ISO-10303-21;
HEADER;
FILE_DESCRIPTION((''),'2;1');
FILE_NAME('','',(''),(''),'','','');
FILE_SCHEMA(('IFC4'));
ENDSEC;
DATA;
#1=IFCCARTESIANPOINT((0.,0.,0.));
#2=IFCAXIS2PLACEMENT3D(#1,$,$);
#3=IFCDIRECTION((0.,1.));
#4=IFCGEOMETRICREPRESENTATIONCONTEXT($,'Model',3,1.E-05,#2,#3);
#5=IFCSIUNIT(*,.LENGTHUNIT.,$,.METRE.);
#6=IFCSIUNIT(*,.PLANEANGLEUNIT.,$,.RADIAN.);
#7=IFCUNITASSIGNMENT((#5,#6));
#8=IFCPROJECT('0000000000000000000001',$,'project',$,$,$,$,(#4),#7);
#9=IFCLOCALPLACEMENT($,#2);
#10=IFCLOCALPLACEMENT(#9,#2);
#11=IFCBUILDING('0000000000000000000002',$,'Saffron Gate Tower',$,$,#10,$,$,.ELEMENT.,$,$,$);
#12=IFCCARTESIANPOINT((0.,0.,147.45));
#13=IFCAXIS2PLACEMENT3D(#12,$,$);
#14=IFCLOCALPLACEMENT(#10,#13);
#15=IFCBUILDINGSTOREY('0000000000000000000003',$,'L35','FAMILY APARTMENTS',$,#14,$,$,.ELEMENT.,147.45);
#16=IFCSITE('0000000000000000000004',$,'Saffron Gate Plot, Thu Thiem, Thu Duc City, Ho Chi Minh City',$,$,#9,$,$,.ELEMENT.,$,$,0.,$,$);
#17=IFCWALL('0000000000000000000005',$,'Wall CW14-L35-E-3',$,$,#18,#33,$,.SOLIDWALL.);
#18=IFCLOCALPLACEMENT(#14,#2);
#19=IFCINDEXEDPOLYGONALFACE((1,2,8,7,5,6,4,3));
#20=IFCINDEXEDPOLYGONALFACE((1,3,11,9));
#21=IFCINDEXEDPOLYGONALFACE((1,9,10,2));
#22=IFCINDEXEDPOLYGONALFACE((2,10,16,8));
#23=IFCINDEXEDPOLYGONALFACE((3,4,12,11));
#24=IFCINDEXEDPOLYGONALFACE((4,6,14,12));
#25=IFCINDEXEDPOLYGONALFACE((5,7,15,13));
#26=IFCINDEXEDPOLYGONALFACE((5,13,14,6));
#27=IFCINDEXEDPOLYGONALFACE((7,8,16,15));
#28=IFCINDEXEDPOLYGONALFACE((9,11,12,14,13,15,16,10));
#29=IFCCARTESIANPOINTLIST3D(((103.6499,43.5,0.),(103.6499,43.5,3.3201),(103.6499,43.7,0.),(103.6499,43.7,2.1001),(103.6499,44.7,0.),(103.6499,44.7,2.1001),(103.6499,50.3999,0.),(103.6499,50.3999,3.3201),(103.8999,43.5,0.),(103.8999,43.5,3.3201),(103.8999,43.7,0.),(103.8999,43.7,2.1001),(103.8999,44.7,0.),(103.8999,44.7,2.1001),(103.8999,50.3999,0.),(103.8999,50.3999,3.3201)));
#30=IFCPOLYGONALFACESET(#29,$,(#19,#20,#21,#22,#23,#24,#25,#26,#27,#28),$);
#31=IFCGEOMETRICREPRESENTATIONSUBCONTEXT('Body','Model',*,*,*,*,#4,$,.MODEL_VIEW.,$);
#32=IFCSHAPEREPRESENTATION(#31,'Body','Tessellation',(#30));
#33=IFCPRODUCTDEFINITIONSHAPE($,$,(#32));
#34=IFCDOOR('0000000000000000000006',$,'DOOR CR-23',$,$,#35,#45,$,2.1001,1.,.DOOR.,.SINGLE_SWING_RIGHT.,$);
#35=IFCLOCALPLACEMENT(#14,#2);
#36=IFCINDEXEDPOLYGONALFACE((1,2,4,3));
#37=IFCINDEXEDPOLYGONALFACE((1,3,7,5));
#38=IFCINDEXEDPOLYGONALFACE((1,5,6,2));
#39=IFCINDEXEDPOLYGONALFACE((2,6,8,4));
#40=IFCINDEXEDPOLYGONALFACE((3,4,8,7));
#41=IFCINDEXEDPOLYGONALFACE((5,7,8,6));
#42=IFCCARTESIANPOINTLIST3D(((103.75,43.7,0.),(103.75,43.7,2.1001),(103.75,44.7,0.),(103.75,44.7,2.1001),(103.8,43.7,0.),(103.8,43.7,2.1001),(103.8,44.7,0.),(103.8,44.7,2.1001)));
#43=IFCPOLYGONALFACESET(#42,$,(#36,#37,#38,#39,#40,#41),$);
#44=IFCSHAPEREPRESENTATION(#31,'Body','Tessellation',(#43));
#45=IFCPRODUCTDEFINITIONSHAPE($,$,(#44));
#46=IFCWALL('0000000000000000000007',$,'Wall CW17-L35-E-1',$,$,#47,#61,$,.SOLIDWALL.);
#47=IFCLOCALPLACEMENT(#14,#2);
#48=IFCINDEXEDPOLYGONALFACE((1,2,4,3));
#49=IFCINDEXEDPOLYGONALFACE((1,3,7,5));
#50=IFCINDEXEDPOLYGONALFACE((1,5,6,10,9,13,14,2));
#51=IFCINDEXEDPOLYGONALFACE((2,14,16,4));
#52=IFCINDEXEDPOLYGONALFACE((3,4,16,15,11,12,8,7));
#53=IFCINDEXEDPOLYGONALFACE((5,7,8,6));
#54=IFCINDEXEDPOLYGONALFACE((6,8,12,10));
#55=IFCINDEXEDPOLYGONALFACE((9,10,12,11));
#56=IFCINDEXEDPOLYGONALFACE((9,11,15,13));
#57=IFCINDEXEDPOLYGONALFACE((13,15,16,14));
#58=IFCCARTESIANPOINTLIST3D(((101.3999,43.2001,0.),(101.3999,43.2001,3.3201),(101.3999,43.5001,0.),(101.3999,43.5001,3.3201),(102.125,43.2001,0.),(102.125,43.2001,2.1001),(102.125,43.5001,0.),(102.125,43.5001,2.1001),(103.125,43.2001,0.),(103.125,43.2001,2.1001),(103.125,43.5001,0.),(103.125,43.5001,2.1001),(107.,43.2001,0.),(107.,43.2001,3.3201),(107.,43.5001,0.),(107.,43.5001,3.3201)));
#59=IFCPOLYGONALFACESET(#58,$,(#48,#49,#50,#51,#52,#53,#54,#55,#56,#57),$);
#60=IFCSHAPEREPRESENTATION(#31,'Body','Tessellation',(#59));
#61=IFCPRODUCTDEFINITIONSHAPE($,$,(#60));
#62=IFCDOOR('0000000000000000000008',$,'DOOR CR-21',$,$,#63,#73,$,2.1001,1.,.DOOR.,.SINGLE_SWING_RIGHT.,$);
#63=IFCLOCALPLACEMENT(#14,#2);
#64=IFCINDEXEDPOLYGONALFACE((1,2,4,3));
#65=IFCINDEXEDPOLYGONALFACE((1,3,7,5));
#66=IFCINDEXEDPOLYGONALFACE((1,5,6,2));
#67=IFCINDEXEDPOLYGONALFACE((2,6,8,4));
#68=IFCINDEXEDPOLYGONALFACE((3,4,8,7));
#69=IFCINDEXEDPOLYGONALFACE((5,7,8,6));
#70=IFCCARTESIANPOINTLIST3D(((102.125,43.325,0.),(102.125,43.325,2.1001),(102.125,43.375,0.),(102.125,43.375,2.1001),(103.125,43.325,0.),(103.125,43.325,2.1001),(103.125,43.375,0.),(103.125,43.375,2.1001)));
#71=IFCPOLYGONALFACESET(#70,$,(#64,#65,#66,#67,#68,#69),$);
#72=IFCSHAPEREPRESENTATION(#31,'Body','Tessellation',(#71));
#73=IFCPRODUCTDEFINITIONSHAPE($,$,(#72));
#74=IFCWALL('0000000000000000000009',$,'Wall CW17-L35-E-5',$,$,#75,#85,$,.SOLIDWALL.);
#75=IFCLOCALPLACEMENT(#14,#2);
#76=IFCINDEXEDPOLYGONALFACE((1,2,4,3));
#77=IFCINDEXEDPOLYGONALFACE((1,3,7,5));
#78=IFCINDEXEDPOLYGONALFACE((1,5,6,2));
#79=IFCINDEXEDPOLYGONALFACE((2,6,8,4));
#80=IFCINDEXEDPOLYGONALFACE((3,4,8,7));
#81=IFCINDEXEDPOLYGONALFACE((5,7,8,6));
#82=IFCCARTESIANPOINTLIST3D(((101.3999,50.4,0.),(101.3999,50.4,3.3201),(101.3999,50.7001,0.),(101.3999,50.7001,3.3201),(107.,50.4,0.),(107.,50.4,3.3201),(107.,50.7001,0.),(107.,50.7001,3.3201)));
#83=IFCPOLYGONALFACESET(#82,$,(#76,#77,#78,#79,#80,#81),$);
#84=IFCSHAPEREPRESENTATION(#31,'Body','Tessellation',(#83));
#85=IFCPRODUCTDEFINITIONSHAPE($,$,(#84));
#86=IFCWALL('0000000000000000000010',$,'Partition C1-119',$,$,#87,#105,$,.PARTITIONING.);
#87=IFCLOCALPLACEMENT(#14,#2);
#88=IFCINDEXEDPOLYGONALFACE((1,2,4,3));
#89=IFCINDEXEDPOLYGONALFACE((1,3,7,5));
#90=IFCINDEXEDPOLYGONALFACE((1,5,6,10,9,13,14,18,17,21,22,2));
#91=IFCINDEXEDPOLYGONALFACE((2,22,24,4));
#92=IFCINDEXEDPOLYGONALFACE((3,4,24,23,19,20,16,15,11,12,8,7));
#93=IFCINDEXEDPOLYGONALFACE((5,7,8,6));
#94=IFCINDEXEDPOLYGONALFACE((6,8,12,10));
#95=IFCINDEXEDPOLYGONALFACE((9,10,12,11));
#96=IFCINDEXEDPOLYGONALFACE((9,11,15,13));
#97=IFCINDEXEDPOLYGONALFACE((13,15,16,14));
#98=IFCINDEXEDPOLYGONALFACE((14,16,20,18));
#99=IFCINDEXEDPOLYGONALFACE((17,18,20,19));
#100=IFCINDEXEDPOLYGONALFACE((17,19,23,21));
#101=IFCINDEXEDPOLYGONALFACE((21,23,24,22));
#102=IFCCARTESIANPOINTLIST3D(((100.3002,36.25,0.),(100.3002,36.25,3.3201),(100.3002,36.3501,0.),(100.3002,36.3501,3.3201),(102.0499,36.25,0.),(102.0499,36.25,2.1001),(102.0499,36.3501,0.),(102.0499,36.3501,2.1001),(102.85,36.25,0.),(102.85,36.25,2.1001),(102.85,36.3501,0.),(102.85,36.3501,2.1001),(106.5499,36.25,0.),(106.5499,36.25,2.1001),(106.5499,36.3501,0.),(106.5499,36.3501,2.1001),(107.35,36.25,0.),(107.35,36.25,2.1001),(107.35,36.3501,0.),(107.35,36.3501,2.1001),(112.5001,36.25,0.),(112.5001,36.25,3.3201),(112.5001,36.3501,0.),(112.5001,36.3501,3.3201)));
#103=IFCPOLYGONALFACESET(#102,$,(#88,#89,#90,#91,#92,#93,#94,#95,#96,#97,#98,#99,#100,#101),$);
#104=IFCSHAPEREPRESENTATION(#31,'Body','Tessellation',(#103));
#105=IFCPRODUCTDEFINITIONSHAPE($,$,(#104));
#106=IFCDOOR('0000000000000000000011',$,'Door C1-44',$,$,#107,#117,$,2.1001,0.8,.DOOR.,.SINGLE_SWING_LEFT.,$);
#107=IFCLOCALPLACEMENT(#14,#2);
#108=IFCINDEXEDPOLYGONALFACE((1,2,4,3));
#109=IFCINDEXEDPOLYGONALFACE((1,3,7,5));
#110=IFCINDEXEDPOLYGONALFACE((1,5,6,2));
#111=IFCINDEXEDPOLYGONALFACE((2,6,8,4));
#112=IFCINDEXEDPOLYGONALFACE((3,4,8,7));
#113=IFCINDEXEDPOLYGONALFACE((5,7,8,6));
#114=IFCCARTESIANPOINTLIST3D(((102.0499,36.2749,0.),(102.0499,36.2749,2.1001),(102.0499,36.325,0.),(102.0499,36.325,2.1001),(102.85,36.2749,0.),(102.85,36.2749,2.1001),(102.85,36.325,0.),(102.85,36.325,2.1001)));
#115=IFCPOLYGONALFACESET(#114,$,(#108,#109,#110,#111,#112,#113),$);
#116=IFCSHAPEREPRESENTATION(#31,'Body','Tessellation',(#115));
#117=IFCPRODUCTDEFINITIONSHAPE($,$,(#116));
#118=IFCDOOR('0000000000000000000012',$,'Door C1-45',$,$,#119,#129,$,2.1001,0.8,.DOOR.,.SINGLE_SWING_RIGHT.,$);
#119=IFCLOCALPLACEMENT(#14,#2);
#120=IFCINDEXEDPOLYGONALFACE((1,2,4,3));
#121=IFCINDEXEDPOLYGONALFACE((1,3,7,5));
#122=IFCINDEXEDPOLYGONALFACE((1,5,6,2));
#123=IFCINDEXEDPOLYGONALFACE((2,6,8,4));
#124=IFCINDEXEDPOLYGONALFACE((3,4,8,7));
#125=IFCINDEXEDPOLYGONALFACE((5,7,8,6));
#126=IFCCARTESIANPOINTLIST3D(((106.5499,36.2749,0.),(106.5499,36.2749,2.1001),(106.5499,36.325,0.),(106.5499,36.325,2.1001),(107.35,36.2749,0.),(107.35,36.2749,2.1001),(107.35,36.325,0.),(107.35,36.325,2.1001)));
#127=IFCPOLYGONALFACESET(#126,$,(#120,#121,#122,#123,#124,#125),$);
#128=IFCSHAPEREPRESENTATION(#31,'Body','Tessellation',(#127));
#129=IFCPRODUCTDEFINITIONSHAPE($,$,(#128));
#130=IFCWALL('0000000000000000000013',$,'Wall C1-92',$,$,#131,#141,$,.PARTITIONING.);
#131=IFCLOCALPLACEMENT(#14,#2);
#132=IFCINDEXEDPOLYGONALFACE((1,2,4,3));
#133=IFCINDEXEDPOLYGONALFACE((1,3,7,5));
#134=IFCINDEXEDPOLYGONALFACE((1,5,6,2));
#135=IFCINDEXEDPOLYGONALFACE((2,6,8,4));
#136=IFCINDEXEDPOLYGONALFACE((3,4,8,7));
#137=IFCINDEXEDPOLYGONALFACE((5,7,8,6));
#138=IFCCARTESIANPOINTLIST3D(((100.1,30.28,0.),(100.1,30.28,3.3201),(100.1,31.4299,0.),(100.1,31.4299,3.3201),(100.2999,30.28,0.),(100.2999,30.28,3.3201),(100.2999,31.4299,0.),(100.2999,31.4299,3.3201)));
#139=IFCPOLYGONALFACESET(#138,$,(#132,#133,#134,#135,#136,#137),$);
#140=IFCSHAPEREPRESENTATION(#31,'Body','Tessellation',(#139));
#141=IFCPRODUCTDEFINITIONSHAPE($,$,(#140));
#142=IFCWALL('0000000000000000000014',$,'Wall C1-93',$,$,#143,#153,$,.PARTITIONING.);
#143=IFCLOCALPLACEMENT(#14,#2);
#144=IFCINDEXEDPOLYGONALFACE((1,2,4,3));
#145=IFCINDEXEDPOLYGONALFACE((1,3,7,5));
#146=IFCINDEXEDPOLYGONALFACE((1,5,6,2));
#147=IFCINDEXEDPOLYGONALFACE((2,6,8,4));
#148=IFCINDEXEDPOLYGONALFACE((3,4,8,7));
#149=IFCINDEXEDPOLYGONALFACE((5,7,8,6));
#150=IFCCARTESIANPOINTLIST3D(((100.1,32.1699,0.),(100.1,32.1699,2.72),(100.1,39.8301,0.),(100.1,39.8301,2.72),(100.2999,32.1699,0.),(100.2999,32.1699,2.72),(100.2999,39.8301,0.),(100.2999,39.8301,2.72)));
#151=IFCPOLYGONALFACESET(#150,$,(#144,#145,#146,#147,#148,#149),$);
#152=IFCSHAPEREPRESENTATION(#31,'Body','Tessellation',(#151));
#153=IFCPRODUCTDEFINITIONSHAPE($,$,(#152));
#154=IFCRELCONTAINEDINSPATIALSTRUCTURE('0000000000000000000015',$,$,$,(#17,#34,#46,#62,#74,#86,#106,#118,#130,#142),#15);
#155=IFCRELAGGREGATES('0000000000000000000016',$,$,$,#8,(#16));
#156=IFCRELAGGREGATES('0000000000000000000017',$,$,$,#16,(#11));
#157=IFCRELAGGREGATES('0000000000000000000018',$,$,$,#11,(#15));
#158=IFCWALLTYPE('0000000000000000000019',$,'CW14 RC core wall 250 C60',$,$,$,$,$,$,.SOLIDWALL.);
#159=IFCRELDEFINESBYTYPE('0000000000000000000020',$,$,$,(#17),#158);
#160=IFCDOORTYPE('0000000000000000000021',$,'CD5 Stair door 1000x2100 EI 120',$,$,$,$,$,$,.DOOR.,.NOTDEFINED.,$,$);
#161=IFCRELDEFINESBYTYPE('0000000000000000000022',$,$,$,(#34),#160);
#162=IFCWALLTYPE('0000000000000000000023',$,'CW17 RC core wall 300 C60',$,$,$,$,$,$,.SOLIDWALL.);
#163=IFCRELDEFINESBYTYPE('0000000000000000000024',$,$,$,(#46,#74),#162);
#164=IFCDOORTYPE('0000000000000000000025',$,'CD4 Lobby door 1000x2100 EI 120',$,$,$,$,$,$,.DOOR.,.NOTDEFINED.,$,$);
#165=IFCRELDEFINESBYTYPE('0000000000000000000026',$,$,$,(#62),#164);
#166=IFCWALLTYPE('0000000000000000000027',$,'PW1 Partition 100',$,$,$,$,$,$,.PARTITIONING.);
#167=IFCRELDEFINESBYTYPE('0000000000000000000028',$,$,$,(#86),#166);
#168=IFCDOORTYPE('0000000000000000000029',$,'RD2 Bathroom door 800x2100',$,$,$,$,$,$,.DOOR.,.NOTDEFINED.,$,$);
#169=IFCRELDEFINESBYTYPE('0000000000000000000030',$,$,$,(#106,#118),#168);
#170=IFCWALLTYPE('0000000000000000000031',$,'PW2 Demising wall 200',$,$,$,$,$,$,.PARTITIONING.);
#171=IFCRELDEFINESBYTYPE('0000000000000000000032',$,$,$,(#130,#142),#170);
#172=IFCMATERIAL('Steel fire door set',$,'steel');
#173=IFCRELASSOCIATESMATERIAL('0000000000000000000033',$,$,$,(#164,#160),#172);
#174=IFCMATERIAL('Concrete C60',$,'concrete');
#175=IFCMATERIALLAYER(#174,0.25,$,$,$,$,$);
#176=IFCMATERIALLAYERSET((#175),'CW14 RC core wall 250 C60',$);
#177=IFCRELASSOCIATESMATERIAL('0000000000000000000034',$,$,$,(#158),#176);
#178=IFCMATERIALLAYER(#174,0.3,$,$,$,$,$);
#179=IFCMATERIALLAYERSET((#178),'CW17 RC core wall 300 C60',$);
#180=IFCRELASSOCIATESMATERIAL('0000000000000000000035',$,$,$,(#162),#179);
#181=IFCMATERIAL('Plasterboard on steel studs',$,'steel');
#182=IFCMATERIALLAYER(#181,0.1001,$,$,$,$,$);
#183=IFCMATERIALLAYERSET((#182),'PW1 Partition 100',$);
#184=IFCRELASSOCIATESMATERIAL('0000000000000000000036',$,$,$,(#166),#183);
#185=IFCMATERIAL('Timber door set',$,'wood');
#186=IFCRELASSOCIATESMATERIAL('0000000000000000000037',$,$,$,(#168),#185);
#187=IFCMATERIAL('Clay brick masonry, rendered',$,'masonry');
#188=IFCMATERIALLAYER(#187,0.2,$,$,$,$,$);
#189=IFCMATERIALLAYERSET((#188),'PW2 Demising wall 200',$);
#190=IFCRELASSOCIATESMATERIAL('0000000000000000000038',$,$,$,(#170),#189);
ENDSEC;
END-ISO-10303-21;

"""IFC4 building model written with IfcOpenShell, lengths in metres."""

from ifc_helpers import new_model, si_unit, direction, frame, frame_2d, origin, place, context, subcontext, project, spatial, rectangle, extrude, material, layer, layer_set, type_object, element, fill, save


model = new_model("IFC4")

# Units and contexts
model_context = context("Model", 3, precision=1e-05, world=origin(), true_north=direction((0.0, 1.0)))
body_context = subcontext(model_context, "Body", "Model", "MODEL_VIEW")
ifc_project = project(units=[si_unit("LENGTHUNIT", "METRE"), si_unit("PLANEANGLEUNIT", "RADIAN")], contexts=[model_context])

# Site, building, storey
site_placement = place(None, origin())
site = spatial("IfcSite", under=ifc_project, at=site_placement, Name="Saffron Gate Plot, Thu Thiem, Thu Duc City, Ho Chi Minh City", CompositionType="ELEMENT", RefElevation=0.0)
building_placement = place(site_placement, origin())
building = spatial("IfcBuilding", under=site, at=building_placement, Name="Saffron Gate Tower", CompositionType="ELEMENT")
storey_placement = place(building_placement, frame((0.0, 0.0, 147.45)))
storey = spatial("IfcBuildingStorey", under=building, at=storey_placement, Name="L35", Description="FAMILY APARTMENTS", CompositionType="ELEMENT", Elevation=147.45)

# Walls, openings, doors
ifc_material_1 = material(Name="Steel fire door set", Category="steel")
door_type_1 = type_object("IfcDoorType", Name="CD4 Lobby door 1000x2100 EI 120", OperationType="NOTDEFINED", PredefinedType="DOOR", material=ifc_material_1)
ifc_material_2 = material(Name="Concrete C60", Category="concrete")
ifc_layer_1 = layer(ifc_material_2, 0.25)
ifc_layer_set_1 = layer_set([ifc_layer_1], Name="CW14 RC core wall 250 C60")
wall_type_1 = type_object("IfcWallType", Name="CW14 RC core wall 250 C60", PredefinedType="SOLIDWALL", material=ifc_layer_set_1)
wall_1_placement = place(storey_placement, frame((103.7749, 43.5, 0.0), z_axis=(0.0, 0.0, 1.0), x_axis=(0.0, 1.0, 0.0)))
wall_1 = element("IfcWall", 1, at=wall_1_placement, inside=storey, type_object=wall_type_1, Name="Wall CW14-L35-E-3", PredefinedType="SOLIDWALL", context=body_context, shape_type="SweptSolid", body=[
    extrude(rectangle(XDim=6.8999, YDim=0.25, at=frame_2d((3.45, 0.0))), origin(), (0.0, 0.0, 1.0), 3.3201),
])
opening_1_placement = place(wall_1_placement, frame((0.2, 0.0, 0.0)))
opening_1 = element("IfcOpeningElement", 2, at=opening_1_placement, cuts=wall_1, PredefinedType="OPENING", context=body_context, shape_type="SweptSolid", body=[
    extrude(rectangle(XDim=1.0, YDim=2.1001, at=frame_2d((0.5, 1.05))), frame((0.0, 0.135, 0.0), z_axis=(0.0, -1.0, 0.0), x_axis=(1.0, 0.0, 0.0)), (0.0, 0.0, 1.0), 0.27),
])
door_type_2 = type_object("IfcDoorType", Name="CD5 Stair door 1000x2100 EI 120", OperationType="NOTDEFINED", PredefinedType="DOOR", material=ifc_material_1)
door_1_placement = place(opening_1_placement, origin())
door_1 = element("IfcDoor", 3, at=door_1_placement, inside=storey, type_object=door_type_2, Name="DOOR CR-23", OperationType="SINGLE_SWING_RIGHT", OverallHeight=2.1001, OverallWidth=1.0, PredefinedType="DOOR", context=body_context, shape_type="SweptSolid", body=[
    extrude(rectangle(XDim=1.0, YDim=2.1001, at=frame_2d((0.5, 1.05))), frame((0.0, 0.0249, 0.0), z_axis=(0.0, -1.0, 0.0), x_axis=(1.0, 0.0, 0.0)), (0.0, 0.0, 1.0), 0.05),
])
fill(opening_1, door_1)
ifc_layer_2 = layer(ifc_material_2, 0.3)
ifc_layer_set_2 = layer_set([ifc_layer_2], Name="CW17 RC core wall 300 C60")
wall_type_2 = type_object("IfcWallType", Name="CW17 RC core wall 300 C60", PredefinedType="SOLIDWALL", material=ifc_layer_set_2)
wall_2_placement = place(storey_placement, frame((101.3999, 43.3501, 0.0), z_axis=(0.0, 0.0, 1.0), x_axis=(1.0, 0.0, 0.0)))
wall_2 = element("IfcWall", 4, at=wall_2_placement, inside=storey, type_object=wall_type_2, Name="Wall CW17-L35-E-1", PredefinedType="SOLIDWALL", context=body_context, shape_type="SweptSolid", body=[
    extrude(rectangle(XDim=5.6001, YDim=0.3, at=frame_2d((2.8, 0.0))), origin(), (0.0, 0.0, 1.0), 3.3201),
])
opening_2_placement = place(wall_2_placement, frame((0.7251, 0.0, 0.0)))
opening_2 = element("IfcOpeningElement", 5, at=opening_2_placement, cuts=wall_2, PredefinedType="OPENING", context=body_context, shape_type="SweptSolid", body=[
    extrude(rectangle(XDim=1.0, YDim=2.1001, at=frame_2d((0.5, 1.05))), frame((0.0, 0.1602, 0.0), z_axis=(0.0, -1.0, 0.0), x_axis=(1.0, 0.0, 0.0)), (0.0, 0.0, 1.0), 0.3201),
])
door_2_placement = place(opening_2_placement, origin())
door_2 = element("IfcDoor", 6, at=door_2_placement, inside=storey, type_object=door_type_1, Name="DOOR CR-21", OperationType="SINGLE_SWING_RIGHT", OverallHeight=2.1001, OverallWidth=1.0, PredefinedType="DOOR", context=body_context, shape_type="SweptSolid", body=[
    extrude(rectangle(XDim=1.0, YDim=2.1001, at=frame_2d((0.5, 1.05))), frame((0.0, 0.0249, 0.0), z_axis=(0.0, -1.0, 0.0), x_axis=(1.0, 0.0, 0.0)), (0.0, 0.0, 1.0), 0.05),
])
fill(opening_2, door_2)

# Wall
wall_3_placement = place(storey_placement, frame((101.3999, 50.55, 0.0), z_axis=(0.0, 0.0, 1.0), x_axis=(1.0, 0.0, 0.0)))
element("IfcWall", 7, at=wall_3_placement, inside=storey, type_object=wall_type_2, Name="Wall CW17-L35-E-5", PredefinedType="SOLIDWALL", context=body_context, shape_type="SweptSolid", body=[
    extrude(rectangle(XDim=5.6001, YDim=0.3, at=frame_2d((2.8, 0.0))), origin(), (0.0, 0.0, 1.0), 3.3201),
])

# Wall, openings, doors
ifc_material_3 = material(Name="Plasterboard on steel studs", Category="steel")
ifc_layer_3 = layer(ifc_material_3, 0.1001)
ifc_layer_set_3 = layer_set([ifc_layer_3], Name="PW1 Partition 100")
wall_type_3 = type_object("IfcWallType", Name="PW1 Partition 100", PredefinedType="PARTITIONING", material=ifc_layer_set_3)
wall_4_placement = place(storey_placement, frame((100.3, 36.3, 0.0), z_axis=(0.0, 0.0, 1.0), x_axis=(1.0, 0.0, 0.0)))
wall_4 = element("IfcWall", 8, at=wall_4_placement, inside=storey, type_object=wall_type_3, Name="Partition C1-119", PredefinedType="PARTITIONING", context=body_context, shape_type="SweptSolid", body=[
    extrude(rectangle(XDim=12.2, YDim=0.1001, at=frame_2d((6.1001, 0.0))), origin(), (0.0, 0.0, 1.0), 3.3201),
])
opening_3_placement = place(wall_4_placement, frame((1.75, 0.0, 0.0)))
opening_3 = element("IfcOpeningElement", 9, at=opening_3_placement, cuts=wall_4, PredefinedType="OPENING", context=body_context, shape_type="SweptSolid", body=[
    extrude(rectangle(XDim=0.8, YDim=2.1001, at=frame_2d((0.3999, 1.05))), frame((0.0, 0.0601, 0.0), z_axis=(0.0, -1.0, 0.0), x_axis=(1.0, 0.0, 0.0)), (0.0, 0.0, 1.0), 0.1201),
])
opening_4_placement = place(wall_4_placement, frame((6.25, 0.0, 0.0)))
opening_4 = element("IfcOpeningElement", 10, at=opening_4_placement, cuts=wall_4, PredefinedType="OPENING", context=body_context, shape_type="SweptSolid", body=[
    extrude(rectangle(XDim=0.8, YDim=2.1001, at=frame_2d((0.3999, 1.05))), frame((0.0, 0.0601, 0.0), z_axis=(0.0, -1.0, 0.0), x_axis=(1.0, 0.0, 0.0)), (0.0, 0.0, 1.0), 0.1201),
])
ifc_material_4 = material(Name="Timber door set", Category="wood")
door_type_3 = type_object("IfcDoorType", Name="RD2 Bathroom door 800x2100", OperationType="NOTDEFINED", PredefinedType="DOOR", material=ifc_material_4)
door_3_placement = place(opening_3_placement, origin())
door_3 = element("IfcDoor", 11, at=door_3_placement, inside=storey, type_object=door_type_3, Name="Door C1-44", OperationType="SINGLE_SWING_LEFT", OverallHeight=2.1001, OverallWidth=0.8, PredefinedType="DOOR", context=body_context, shape_type="SweptSolid", body=[
    extrude(rectangle(XDim=0.8, YDim=2.1001, at=frame_2d((0.3999, 1.05))), frame((0.0, 0.0249, 0.0), z_axis=(0.0, -1.0, 0.0), x_axis=(1.0, 0.0, 0.0)), (0.0, 0.0, 1.0), 0.05),
])
fill(opening_3, door_3)
door_4_placement = place(opening_4_placement, origin())
door_4 = element("IfcDoor", 12, at=door_4_placement, inside=storey, type_object=door_type_3, Name="Door C1-45", OperationType="SINGLE_SWING_RIGHT", OverallHeight=2.1001, OverallWidth=0.8, PredefinedType="DOOR", context=body_context, shape_type="SweptSolid", body=[
    extrude(rectangle(XDim=0.8, YDim=2.1001, at=frame_2d((0.3999, 1.05))), frame((0.0, 0.0249, 0.0), z_axis=(0.0, -1.0, 0.0), x_axis=(1.0, 0.0, 0.0)), (0.0, 0.0, 1.0), 0.05),
])
fill(opening_4, door_4)

# Walls
ifc_material_5 = material(Name="Clay brick masonry, rendered", Category="masonry")
ifc_layer_4 = layer(ifc_material_5, 0.2)
ifc_layer_set_4 = layer_set([ifc_layer_4], Name="PW2 Demising wall 200")
wall_type_4 = type_object("IfcWallType", Name="PW2 Demising wall 200", PredefinedType="PARTITIONING", material=ifc_layer_set_4)
wall_5_placement = place(storey_placement, frame((100.2, 31.4299, 0.0), z_axis=(0.0, 0.0, 1.0), x_axis=(0.0, -1.0, 0.0)))
element("IfcWall", 13, at=wall_5_placement, inside=storey, type_object=wall_type_4, Name="Wall C1-92", PredefinedType="PARTITIONING", context=body_context, shape_type="SweptSolid", body=[
    extrude(rectangle(XDim=1.1499, YDim=0.2, at=frame_2d((0.575, 0.0))), origin(), (0.0, 0.0, 1.0), 3.3201),
])
wall_6_placement = place(storey_placement, frame((100.2, 39.8301, 0.0), z_axis=(0.0, 0.0, 1.0), x_axis=(0.0, -1.0, 0.0)))
element("IfcWall", 14, at=wall_6_placement, inside=storey, type_object=wall_type_4, Name="Wall C1-93", PredefinedType="PARTITIONING", context=body_context, shape_type="SweptSolid", body=[
    extrude(rectangle(XDim=7.6602, YDim=0.2, at=frame_2d((3.8301, 0.0))), origin(), (0.0, 0.0, 1.0), 2.72),
])

save(model, "model.ifc")
